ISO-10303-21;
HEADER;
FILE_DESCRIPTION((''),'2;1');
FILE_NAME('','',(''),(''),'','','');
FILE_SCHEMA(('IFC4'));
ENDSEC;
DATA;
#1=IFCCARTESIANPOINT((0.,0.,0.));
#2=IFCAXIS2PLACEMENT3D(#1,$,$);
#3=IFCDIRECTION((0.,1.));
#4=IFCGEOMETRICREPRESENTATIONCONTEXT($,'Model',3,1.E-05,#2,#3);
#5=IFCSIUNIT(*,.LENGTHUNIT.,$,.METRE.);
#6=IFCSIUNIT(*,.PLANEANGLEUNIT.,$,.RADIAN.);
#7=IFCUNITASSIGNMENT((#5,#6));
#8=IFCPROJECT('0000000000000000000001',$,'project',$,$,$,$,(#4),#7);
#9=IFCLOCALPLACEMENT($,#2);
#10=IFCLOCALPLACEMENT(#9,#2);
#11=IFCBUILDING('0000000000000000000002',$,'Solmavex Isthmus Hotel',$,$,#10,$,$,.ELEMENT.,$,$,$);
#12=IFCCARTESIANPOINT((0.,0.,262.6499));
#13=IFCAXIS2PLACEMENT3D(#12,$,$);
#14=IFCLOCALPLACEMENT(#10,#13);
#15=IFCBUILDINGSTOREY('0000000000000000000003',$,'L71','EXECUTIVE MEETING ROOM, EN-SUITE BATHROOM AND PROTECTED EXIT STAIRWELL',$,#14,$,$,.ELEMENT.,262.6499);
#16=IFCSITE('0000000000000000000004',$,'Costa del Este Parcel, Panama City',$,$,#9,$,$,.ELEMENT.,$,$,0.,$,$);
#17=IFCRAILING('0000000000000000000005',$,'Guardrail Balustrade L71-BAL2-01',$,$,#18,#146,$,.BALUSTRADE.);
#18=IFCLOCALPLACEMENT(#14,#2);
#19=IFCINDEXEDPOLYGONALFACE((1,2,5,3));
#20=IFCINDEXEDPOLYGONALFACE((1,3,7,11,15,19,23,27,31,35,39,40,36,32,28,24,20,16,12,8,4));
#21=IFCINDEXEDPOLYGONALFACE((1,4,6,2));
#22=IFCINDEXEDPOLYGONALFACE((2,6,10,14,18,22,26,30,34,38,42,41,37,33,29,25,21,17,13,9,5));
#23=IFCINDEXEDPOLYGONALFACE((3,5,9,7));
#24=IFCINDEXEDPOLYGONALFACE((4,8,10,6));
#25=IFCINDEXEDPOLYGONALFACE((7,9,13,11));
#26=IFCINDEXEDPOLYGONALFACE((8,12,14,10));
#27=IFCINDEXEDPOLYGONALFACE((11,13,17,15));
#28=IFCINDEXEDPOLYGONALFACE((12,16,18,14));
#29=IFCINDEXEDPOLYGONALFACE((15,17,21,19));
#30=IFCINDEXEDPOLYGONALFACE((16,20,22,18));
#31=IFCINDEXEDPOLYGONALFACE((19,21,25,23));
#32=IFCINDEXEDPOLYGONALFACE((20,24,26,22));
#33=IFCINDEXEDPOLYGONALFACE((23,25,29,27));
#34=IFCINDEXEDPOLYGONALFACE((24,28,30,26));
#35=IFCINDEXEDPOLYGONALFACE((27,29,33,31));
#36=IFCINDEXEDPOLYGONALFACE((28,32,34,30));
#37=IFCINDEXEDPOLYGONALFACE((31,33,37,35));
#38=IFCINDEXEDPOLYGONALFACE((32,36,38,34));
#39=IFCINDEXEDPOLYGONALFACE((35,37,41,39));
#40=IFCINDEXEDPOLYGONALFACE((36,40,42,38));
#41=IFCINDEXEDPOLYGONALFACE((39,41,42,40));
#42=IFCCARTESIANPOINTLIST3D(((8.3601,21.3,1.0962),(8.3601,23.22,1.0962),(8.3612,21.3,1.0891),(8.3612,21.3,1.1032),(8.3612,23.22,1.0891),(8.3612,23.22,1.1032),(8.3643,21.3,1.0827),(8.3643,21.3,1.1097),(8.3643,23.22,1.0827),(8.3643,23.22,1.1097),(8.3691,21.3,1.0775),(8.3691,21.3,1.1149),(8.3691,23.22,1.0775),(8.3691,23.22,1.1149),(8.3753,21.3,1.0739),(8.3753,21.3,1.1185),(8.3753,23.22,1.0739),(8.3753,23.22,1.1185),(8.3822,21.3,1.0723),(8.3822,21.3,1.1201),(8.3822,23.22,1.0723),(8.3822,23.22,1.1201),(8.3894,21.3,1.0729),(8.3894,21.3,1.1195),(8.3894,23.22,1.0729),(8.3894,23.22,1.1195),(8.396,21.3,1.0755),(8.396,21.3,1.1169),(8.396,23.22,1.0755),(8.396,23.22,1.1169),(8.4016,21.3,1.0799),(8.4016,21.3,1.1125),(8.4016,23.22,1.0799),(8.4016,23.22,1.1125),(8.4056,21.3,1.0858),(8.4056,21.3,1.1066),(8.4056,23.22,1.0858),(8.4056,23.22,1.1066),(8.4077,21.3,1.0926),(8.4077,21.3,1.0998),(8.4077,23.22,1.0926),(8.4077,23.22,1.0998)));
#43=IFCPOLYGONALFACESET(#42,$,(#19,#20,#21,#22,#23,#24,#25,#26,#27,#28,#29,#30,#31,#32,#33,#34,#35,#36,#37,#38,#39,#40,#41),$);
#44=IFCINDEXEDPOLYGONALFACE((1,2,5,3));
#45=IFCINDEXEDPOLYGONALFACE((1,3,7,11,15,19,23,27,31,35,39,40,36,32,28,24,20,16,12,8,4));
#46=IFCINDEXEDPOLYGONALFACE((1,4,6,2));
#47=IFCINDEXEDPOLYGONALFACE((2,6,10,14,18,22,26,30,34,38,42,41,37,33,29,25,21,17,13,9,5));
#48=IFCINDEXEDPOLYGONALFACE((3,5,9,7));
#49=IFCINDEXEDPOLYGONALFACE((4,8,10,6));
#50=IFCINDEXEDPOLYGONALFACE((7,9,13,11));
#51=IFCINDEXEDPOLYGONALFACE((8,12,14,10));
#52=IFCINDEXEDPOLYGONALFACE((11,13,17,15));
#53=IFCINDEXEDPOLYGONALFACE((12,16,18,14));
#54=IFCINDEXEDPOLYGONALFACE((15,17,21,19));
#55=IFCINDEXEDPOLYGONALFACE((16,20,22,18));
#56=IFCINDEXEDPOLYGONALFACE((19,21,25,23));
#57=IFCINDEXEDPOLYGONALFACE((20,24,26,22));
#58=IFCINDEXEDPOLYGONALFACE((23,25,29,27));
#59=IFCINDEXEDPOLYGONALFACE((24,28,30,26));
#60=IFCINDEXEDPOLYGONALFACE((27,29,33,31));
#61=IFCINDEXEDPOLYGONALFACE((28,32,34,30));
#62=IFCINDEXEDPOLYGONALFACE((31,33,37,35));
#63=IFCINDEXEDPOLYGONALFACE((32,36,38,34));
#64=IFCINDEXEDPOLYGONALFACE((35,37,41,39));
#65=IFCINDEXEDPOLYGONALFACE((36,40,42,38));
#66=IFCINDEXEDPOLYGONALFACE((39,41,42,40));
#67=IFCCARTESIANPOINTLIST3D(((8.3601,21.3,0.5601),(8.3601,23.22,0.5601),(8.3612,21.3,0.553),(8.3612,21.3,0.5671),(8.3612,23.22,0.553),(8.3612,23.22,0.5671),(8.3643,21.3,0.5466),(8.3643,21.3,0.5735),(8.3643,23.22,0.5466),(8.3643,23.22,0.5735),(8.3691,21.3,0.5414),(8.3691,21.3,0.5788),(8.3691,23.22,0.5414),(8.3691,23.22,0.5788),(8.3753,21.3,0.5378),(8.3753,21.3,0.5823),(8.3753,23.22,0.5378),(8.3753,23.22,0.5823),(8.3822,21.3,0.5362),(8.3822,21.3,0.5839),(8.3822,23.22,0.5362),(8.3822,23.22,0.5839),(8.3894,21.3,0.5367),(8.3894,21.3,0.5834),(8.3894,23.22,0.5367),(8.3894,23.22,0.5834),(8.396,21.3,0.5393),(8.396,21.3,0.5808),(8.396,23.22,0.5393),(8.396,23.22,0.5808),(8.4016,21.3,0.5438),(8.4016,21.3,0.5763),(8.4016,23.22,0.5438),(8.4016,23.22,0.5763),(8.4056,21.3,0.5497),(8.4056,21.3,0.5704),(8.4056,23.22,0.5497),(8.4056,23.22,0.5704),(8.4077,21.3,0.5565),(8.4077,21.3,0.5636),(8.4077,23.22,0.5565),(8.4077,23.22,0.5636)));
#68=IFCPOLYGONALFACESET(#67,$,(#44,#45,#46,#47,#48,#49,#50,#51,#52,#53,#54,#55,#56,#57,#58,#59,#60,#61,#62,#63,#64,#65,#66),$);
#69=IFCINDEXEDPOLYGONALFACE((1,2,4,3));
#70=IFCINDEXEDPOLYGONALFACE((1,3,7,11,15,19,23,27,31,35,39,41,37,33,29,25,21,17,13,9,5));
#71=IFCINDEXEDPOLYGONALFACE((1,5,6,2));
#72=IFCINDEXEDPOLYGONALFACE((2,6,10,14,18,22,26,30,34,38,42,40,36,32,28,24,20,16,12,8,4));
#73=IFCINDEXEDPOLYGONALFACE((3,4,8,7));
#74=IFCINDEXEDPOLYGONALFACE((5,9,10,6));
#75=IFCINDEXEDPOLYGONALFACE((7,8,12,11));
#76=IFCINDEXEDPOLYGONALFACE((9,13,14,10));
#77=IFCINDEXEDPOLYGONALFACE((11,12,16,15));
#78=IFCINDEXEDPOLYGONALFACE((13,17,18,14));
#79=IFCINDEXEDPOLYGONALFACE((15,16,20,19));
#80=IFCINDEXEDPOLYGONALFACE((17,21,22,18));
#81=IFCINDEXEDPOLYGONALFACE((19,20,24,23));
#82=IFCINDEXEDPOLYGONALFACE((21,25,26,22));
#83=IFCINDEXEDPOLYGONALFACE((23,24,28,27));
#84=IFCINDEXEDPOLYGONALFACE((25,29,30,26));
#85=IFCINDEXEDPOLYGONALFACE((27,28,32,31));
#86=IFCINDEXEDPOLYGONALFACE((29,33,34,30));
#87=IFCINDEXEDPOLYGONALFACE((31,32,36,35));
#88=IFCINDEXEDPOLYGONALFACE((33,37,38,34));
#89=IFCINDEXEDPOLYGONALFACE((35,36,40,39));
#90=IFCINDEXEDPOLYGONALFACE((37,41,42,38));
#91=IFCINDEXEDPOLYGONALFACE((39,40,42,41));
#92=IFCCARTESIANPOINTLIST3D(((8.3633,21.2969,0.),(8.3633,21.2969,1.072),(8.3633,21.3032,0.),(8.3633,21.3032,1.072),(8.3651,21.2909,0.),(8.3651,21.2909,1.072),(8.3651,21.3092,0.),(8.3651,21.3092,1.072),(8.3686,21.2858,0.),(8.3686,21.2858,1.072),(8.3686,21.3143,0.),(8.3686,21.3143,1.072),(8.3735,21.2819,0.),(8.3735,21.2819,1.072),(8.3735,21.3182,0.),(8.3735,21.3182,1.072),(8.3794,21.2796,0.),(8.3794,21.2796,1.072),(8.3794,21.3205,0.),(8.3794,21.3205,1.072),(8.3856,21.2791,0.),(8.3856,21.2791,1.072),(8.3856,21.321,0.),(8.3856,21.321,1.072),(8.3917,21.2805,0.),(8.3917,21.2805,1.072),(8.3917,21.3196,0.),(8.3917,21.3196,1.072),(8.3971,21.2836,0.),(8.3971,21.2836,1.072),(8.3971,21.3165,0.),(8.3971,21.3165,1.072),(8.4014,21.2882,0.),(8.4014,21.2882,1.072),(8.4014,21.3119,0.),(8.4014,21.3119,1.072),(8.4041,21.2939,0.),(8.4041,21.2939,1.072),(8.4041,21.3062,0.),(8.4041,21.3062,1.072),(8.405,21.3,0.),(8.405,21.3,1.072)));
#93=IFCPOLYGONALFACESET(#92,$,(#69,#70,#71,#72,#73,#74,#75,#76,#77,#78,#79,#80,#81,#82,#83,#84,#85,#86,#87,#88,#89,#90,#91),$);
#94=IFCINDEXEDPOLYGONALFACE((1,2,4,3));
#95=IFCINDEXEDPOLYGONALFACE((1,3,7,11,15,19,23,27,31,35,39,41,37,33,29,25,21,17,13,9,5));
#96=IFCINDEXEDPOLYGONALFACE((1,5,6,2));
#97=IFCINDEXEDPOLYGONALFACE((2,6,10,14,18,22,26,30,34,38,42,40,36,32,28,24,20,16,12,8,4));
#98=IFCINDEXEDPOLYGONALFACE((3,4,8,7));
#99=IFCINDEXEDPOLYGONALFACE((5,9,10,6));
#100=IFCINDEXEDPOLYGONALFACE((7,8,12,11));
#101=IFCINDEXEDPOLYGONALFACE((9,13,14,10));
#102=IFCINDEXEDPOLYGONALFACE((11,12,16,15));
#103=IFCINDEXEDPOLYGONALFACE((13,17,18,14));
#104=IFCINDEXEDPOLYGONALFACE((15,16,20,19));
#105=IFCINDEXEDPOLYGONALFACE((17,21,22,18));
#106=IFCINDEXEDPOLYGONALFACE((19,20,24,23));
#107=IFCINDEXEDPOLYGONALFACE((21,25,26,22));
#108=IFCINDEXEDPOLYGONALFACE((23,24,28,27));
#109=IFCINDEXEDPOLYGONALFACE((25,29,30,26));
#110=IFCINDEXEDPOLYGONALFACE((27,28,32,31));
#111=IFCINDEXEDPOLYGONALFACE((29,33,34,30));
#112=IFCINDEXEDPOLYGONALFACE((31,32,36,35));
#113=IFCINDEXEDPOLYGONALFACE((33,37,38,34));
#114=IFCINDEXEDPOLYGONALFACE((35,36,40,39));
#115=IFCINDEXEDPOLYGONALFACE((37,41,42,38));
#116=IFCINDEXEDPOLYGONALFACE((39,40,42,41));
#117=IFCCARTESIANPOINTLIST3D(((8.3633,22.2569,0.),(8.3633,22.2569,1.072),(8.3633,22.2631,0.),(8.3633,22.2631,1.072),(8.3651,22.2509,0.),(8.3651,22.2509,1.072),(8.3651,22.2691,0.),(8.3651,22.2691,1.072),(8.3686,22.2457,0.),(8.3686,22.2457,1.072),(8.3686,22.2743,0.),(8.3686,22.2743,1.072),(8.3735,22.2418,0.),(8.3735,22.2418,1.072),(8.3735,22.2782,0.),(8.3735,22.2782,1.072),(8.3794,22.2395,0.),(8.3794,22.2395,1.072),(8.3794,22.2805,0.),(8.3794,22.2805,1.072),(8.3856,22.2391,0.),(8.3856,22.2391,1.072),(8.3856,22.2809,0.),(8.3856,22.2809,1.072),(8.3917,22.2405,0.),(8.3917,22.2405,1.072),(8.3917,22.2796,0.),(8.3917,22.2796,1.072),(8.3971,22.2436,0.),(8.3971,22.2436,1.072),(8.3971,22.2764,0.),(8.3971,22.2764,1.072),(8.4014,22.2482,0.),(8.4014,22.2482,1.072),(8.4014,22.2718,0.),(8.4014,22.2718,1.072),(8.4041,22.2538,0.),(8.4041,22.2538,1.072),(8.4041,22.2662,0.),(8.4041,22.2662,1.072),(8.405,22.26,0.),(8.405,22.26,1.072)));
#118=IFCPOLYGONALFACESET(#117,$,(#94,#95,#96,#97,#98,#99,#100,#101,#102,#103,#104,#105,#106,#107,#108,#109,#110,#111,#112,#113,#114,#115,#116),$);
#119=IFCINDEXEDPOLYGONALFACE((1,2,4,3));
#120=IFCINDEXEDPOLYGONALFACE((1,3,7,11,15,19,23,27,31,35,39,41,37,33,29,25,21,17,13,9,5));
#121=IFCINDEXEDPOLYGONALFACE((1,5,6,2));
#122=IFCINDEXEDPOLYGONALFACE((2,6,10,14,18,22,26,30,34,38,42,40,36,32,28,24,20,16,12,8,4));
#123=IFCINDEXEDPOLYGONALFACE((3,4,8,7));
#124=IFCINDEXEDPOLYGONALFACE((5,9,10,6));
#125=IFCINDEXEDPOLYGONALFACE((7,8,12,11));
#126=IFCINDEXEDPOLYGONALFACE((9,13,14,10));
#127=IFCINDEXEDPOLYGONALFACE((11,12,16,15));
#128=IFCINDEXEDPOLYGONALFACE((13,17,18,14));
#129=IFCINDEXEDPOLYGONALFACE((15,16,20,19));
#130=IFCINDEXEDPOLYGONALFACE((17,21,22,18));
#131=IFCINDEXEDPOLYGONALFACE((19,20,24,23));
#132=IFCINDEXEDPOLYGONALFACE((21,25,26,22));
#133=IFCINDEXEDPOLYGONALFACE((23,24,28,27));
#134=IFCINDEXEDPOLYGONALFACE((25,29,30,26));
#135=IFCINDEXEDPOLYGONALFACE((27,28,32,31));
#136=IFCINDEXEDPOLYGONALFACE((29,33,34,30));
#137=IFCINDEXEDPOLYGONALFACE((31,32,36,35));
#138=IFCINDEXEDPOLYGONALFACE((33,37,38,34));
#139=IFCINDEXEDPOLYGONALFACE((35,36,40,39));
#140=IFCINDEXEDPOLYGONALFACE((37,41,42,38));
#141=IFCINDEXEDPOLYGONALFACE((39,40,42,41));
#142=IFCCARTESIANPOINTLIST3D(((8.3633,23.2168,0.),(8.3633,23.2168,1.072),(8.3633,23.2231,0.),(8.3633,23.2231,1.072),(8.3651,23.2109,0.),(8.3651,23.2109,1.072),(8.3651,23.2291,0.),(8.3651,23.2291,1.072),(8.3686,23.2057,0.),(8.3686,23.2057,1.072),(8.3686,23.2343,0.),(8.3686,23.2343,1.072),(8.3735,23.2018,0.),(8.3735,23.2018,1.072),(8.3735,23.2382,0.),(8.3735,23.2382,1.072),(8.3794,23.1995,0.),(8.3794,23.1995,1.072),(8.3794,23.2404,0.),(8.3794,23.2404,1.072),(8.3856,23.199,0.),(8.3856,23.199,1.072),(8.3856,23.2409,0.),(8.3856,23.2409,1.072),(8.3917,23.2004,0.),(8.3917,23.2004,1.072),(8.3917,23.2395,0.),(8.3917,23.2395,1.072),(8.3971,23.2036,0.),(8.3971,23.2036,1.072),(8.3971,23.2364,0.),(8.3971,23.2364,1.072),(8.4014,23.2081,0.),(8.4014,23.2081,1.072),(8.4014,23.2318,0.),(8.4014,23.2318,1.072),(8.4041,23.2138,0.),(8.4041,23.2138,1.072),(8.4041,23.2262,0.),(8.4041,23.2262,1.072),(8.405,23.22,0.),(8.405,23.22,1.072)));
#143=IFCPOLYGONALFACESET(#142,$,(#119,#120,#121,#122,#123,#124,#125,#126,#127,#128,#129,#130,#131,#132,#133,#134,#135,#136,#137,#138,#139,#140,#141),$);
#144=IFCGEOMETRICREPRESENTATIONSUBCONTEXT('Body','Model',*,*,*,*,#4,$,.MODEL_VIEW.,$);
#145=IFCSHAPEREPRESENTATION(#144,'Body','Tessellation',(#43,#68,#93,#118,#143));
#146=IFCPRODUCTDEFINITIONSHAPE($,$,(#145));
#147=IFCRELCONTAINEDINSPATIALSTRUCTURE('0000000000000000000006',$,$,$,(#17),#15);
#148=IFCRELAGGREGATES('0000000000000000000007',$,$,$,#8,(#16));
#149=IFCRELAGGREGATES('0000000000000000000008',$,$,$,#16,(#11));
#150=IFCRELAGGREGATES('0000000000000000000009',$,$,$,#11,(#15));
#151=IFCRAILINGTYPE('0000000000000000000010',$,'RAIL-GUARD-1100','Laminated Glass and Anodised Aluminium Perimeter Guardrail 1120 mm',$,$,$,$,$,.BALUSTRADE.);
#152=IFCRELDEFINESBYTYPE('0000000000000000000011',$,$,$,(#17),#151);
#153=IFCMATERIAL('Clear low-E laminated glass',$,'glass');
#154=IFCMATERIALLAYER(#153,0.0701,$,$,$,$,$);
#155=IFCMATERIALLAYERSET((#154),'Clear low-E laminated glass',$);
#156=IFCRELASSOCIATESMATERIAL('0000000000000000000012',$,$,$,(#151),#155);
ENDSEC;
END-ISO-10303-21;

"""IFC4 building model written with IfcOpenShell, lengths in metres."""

from ifc_helpers import new_model, si_unit, direction, frame, origin, origin_2d, place, context, subcontext, project, spatial, circle, extrude, material, layer, layer_set, type_object, element, save


model = new_model("IFC4")

# Units and contexts
model_context = context("Model", 3, precision=1e-05, world=origin(), true_north=direction((0.0, 1.0)))
body_context = subcontext(model_context, "Body", "Model", "MODEL_VIEW")
ifc_project = project(units=[si_unit("LENGTHUNIT", "METRE"), si_unit("PLANEANGLEUNIT", "RADIAN")], contexts=[model_context])

# Site, building, storey
site_placement = place(None, origin())
site = spatial("IfcSite", under=ifc_project, at=site_placement, Name="Costa del Este Parcel, Panama City", CompositionType="ELEMENT", RefElevation=0.0)
building_placement = place(site_placement, origin())
building = spatial("IfcBuilding", under=site, at=building_placement, Name="Solmavex Isthmus Hotel", CompositionType="ELEMENT")
storey_placement = place(building_placement, frame((0.0, 0.0, 262.6499)))
storey = spatial("IfcBuildingStorey", under=building, at=storey_placement, Name="L71", Description="EXECUTIVE MEETING ROOM, EN-SUITE BATHROOM AND PROTECTED EXIT STAIRWELL", CompositionType="ELEMENT", Elevation=262.6499)

# Shared definitions
ifc_material_1 = material(Name="Clear low-E laminated glass", Category="glass")

# Railing
ifc_layer_1 = layer(ifc_material_1, 0.0701)
ifc_layer_set_1 = layer_set([ifc_layer_1], Name="Clear low-E laminated glass")
railing_type_1 = type_object("IfcRailingType", Name="RAIL-GUARD-1100", Description="Laminated Glass and Anodised Aluminium Perimeter Guardrail 1120 mm", PredefinedType="BALUSTRADE", material=ifc_layer_set_1)
railing_1_placement = place(storey_placement, frame((8.384, 21.3, 0.0)))
element("IfcRailing", 1, at=railing_1_placement, inside=storey, type_object=railing_type_1, Name="Guardrail Balustrade L71-BAL2-01", PredefinedType="BALUSTRADE", context=body_context, shape_type="SweptSolid", body=[
    extrude(circle(Radius=0.0239, at=origin_2d()), frame((0.0, 0.0, 1.0962), z_axis=(0.0, 1.0, 0.0), x_axis=(-1.0, 0.0, 0.0)), (0.0, 0.0, 1.0), 1.9199),
    extrude(circle(Radius=0.0239, at=origin_2d()), frame((0.0, 0.0, 0.5601), z_axis=(0.0, 1.0, 0.0), x_axis=(-1.0, 0.0, 0.0)), (0.0, 0.0, 1.0), 1.9199),
    extrude(circle(Radius=0.021, at=origin_2d()), origin(), (0.0, 0.0, 1.0), 1.072),
    extrude(circle(Radius=0.021, at=origin_2d()), frame((0.0, 0.96, 0.0)), (0.0, 0.0, 1.0), 1.072),
    extrude(circle(Radius=0.021, at=origin_2d()), frame((0.0, 1.9199, 0.0)), (0.0, 0.0, 1.0), 1.072),
])

save(model, "model.ifc")
